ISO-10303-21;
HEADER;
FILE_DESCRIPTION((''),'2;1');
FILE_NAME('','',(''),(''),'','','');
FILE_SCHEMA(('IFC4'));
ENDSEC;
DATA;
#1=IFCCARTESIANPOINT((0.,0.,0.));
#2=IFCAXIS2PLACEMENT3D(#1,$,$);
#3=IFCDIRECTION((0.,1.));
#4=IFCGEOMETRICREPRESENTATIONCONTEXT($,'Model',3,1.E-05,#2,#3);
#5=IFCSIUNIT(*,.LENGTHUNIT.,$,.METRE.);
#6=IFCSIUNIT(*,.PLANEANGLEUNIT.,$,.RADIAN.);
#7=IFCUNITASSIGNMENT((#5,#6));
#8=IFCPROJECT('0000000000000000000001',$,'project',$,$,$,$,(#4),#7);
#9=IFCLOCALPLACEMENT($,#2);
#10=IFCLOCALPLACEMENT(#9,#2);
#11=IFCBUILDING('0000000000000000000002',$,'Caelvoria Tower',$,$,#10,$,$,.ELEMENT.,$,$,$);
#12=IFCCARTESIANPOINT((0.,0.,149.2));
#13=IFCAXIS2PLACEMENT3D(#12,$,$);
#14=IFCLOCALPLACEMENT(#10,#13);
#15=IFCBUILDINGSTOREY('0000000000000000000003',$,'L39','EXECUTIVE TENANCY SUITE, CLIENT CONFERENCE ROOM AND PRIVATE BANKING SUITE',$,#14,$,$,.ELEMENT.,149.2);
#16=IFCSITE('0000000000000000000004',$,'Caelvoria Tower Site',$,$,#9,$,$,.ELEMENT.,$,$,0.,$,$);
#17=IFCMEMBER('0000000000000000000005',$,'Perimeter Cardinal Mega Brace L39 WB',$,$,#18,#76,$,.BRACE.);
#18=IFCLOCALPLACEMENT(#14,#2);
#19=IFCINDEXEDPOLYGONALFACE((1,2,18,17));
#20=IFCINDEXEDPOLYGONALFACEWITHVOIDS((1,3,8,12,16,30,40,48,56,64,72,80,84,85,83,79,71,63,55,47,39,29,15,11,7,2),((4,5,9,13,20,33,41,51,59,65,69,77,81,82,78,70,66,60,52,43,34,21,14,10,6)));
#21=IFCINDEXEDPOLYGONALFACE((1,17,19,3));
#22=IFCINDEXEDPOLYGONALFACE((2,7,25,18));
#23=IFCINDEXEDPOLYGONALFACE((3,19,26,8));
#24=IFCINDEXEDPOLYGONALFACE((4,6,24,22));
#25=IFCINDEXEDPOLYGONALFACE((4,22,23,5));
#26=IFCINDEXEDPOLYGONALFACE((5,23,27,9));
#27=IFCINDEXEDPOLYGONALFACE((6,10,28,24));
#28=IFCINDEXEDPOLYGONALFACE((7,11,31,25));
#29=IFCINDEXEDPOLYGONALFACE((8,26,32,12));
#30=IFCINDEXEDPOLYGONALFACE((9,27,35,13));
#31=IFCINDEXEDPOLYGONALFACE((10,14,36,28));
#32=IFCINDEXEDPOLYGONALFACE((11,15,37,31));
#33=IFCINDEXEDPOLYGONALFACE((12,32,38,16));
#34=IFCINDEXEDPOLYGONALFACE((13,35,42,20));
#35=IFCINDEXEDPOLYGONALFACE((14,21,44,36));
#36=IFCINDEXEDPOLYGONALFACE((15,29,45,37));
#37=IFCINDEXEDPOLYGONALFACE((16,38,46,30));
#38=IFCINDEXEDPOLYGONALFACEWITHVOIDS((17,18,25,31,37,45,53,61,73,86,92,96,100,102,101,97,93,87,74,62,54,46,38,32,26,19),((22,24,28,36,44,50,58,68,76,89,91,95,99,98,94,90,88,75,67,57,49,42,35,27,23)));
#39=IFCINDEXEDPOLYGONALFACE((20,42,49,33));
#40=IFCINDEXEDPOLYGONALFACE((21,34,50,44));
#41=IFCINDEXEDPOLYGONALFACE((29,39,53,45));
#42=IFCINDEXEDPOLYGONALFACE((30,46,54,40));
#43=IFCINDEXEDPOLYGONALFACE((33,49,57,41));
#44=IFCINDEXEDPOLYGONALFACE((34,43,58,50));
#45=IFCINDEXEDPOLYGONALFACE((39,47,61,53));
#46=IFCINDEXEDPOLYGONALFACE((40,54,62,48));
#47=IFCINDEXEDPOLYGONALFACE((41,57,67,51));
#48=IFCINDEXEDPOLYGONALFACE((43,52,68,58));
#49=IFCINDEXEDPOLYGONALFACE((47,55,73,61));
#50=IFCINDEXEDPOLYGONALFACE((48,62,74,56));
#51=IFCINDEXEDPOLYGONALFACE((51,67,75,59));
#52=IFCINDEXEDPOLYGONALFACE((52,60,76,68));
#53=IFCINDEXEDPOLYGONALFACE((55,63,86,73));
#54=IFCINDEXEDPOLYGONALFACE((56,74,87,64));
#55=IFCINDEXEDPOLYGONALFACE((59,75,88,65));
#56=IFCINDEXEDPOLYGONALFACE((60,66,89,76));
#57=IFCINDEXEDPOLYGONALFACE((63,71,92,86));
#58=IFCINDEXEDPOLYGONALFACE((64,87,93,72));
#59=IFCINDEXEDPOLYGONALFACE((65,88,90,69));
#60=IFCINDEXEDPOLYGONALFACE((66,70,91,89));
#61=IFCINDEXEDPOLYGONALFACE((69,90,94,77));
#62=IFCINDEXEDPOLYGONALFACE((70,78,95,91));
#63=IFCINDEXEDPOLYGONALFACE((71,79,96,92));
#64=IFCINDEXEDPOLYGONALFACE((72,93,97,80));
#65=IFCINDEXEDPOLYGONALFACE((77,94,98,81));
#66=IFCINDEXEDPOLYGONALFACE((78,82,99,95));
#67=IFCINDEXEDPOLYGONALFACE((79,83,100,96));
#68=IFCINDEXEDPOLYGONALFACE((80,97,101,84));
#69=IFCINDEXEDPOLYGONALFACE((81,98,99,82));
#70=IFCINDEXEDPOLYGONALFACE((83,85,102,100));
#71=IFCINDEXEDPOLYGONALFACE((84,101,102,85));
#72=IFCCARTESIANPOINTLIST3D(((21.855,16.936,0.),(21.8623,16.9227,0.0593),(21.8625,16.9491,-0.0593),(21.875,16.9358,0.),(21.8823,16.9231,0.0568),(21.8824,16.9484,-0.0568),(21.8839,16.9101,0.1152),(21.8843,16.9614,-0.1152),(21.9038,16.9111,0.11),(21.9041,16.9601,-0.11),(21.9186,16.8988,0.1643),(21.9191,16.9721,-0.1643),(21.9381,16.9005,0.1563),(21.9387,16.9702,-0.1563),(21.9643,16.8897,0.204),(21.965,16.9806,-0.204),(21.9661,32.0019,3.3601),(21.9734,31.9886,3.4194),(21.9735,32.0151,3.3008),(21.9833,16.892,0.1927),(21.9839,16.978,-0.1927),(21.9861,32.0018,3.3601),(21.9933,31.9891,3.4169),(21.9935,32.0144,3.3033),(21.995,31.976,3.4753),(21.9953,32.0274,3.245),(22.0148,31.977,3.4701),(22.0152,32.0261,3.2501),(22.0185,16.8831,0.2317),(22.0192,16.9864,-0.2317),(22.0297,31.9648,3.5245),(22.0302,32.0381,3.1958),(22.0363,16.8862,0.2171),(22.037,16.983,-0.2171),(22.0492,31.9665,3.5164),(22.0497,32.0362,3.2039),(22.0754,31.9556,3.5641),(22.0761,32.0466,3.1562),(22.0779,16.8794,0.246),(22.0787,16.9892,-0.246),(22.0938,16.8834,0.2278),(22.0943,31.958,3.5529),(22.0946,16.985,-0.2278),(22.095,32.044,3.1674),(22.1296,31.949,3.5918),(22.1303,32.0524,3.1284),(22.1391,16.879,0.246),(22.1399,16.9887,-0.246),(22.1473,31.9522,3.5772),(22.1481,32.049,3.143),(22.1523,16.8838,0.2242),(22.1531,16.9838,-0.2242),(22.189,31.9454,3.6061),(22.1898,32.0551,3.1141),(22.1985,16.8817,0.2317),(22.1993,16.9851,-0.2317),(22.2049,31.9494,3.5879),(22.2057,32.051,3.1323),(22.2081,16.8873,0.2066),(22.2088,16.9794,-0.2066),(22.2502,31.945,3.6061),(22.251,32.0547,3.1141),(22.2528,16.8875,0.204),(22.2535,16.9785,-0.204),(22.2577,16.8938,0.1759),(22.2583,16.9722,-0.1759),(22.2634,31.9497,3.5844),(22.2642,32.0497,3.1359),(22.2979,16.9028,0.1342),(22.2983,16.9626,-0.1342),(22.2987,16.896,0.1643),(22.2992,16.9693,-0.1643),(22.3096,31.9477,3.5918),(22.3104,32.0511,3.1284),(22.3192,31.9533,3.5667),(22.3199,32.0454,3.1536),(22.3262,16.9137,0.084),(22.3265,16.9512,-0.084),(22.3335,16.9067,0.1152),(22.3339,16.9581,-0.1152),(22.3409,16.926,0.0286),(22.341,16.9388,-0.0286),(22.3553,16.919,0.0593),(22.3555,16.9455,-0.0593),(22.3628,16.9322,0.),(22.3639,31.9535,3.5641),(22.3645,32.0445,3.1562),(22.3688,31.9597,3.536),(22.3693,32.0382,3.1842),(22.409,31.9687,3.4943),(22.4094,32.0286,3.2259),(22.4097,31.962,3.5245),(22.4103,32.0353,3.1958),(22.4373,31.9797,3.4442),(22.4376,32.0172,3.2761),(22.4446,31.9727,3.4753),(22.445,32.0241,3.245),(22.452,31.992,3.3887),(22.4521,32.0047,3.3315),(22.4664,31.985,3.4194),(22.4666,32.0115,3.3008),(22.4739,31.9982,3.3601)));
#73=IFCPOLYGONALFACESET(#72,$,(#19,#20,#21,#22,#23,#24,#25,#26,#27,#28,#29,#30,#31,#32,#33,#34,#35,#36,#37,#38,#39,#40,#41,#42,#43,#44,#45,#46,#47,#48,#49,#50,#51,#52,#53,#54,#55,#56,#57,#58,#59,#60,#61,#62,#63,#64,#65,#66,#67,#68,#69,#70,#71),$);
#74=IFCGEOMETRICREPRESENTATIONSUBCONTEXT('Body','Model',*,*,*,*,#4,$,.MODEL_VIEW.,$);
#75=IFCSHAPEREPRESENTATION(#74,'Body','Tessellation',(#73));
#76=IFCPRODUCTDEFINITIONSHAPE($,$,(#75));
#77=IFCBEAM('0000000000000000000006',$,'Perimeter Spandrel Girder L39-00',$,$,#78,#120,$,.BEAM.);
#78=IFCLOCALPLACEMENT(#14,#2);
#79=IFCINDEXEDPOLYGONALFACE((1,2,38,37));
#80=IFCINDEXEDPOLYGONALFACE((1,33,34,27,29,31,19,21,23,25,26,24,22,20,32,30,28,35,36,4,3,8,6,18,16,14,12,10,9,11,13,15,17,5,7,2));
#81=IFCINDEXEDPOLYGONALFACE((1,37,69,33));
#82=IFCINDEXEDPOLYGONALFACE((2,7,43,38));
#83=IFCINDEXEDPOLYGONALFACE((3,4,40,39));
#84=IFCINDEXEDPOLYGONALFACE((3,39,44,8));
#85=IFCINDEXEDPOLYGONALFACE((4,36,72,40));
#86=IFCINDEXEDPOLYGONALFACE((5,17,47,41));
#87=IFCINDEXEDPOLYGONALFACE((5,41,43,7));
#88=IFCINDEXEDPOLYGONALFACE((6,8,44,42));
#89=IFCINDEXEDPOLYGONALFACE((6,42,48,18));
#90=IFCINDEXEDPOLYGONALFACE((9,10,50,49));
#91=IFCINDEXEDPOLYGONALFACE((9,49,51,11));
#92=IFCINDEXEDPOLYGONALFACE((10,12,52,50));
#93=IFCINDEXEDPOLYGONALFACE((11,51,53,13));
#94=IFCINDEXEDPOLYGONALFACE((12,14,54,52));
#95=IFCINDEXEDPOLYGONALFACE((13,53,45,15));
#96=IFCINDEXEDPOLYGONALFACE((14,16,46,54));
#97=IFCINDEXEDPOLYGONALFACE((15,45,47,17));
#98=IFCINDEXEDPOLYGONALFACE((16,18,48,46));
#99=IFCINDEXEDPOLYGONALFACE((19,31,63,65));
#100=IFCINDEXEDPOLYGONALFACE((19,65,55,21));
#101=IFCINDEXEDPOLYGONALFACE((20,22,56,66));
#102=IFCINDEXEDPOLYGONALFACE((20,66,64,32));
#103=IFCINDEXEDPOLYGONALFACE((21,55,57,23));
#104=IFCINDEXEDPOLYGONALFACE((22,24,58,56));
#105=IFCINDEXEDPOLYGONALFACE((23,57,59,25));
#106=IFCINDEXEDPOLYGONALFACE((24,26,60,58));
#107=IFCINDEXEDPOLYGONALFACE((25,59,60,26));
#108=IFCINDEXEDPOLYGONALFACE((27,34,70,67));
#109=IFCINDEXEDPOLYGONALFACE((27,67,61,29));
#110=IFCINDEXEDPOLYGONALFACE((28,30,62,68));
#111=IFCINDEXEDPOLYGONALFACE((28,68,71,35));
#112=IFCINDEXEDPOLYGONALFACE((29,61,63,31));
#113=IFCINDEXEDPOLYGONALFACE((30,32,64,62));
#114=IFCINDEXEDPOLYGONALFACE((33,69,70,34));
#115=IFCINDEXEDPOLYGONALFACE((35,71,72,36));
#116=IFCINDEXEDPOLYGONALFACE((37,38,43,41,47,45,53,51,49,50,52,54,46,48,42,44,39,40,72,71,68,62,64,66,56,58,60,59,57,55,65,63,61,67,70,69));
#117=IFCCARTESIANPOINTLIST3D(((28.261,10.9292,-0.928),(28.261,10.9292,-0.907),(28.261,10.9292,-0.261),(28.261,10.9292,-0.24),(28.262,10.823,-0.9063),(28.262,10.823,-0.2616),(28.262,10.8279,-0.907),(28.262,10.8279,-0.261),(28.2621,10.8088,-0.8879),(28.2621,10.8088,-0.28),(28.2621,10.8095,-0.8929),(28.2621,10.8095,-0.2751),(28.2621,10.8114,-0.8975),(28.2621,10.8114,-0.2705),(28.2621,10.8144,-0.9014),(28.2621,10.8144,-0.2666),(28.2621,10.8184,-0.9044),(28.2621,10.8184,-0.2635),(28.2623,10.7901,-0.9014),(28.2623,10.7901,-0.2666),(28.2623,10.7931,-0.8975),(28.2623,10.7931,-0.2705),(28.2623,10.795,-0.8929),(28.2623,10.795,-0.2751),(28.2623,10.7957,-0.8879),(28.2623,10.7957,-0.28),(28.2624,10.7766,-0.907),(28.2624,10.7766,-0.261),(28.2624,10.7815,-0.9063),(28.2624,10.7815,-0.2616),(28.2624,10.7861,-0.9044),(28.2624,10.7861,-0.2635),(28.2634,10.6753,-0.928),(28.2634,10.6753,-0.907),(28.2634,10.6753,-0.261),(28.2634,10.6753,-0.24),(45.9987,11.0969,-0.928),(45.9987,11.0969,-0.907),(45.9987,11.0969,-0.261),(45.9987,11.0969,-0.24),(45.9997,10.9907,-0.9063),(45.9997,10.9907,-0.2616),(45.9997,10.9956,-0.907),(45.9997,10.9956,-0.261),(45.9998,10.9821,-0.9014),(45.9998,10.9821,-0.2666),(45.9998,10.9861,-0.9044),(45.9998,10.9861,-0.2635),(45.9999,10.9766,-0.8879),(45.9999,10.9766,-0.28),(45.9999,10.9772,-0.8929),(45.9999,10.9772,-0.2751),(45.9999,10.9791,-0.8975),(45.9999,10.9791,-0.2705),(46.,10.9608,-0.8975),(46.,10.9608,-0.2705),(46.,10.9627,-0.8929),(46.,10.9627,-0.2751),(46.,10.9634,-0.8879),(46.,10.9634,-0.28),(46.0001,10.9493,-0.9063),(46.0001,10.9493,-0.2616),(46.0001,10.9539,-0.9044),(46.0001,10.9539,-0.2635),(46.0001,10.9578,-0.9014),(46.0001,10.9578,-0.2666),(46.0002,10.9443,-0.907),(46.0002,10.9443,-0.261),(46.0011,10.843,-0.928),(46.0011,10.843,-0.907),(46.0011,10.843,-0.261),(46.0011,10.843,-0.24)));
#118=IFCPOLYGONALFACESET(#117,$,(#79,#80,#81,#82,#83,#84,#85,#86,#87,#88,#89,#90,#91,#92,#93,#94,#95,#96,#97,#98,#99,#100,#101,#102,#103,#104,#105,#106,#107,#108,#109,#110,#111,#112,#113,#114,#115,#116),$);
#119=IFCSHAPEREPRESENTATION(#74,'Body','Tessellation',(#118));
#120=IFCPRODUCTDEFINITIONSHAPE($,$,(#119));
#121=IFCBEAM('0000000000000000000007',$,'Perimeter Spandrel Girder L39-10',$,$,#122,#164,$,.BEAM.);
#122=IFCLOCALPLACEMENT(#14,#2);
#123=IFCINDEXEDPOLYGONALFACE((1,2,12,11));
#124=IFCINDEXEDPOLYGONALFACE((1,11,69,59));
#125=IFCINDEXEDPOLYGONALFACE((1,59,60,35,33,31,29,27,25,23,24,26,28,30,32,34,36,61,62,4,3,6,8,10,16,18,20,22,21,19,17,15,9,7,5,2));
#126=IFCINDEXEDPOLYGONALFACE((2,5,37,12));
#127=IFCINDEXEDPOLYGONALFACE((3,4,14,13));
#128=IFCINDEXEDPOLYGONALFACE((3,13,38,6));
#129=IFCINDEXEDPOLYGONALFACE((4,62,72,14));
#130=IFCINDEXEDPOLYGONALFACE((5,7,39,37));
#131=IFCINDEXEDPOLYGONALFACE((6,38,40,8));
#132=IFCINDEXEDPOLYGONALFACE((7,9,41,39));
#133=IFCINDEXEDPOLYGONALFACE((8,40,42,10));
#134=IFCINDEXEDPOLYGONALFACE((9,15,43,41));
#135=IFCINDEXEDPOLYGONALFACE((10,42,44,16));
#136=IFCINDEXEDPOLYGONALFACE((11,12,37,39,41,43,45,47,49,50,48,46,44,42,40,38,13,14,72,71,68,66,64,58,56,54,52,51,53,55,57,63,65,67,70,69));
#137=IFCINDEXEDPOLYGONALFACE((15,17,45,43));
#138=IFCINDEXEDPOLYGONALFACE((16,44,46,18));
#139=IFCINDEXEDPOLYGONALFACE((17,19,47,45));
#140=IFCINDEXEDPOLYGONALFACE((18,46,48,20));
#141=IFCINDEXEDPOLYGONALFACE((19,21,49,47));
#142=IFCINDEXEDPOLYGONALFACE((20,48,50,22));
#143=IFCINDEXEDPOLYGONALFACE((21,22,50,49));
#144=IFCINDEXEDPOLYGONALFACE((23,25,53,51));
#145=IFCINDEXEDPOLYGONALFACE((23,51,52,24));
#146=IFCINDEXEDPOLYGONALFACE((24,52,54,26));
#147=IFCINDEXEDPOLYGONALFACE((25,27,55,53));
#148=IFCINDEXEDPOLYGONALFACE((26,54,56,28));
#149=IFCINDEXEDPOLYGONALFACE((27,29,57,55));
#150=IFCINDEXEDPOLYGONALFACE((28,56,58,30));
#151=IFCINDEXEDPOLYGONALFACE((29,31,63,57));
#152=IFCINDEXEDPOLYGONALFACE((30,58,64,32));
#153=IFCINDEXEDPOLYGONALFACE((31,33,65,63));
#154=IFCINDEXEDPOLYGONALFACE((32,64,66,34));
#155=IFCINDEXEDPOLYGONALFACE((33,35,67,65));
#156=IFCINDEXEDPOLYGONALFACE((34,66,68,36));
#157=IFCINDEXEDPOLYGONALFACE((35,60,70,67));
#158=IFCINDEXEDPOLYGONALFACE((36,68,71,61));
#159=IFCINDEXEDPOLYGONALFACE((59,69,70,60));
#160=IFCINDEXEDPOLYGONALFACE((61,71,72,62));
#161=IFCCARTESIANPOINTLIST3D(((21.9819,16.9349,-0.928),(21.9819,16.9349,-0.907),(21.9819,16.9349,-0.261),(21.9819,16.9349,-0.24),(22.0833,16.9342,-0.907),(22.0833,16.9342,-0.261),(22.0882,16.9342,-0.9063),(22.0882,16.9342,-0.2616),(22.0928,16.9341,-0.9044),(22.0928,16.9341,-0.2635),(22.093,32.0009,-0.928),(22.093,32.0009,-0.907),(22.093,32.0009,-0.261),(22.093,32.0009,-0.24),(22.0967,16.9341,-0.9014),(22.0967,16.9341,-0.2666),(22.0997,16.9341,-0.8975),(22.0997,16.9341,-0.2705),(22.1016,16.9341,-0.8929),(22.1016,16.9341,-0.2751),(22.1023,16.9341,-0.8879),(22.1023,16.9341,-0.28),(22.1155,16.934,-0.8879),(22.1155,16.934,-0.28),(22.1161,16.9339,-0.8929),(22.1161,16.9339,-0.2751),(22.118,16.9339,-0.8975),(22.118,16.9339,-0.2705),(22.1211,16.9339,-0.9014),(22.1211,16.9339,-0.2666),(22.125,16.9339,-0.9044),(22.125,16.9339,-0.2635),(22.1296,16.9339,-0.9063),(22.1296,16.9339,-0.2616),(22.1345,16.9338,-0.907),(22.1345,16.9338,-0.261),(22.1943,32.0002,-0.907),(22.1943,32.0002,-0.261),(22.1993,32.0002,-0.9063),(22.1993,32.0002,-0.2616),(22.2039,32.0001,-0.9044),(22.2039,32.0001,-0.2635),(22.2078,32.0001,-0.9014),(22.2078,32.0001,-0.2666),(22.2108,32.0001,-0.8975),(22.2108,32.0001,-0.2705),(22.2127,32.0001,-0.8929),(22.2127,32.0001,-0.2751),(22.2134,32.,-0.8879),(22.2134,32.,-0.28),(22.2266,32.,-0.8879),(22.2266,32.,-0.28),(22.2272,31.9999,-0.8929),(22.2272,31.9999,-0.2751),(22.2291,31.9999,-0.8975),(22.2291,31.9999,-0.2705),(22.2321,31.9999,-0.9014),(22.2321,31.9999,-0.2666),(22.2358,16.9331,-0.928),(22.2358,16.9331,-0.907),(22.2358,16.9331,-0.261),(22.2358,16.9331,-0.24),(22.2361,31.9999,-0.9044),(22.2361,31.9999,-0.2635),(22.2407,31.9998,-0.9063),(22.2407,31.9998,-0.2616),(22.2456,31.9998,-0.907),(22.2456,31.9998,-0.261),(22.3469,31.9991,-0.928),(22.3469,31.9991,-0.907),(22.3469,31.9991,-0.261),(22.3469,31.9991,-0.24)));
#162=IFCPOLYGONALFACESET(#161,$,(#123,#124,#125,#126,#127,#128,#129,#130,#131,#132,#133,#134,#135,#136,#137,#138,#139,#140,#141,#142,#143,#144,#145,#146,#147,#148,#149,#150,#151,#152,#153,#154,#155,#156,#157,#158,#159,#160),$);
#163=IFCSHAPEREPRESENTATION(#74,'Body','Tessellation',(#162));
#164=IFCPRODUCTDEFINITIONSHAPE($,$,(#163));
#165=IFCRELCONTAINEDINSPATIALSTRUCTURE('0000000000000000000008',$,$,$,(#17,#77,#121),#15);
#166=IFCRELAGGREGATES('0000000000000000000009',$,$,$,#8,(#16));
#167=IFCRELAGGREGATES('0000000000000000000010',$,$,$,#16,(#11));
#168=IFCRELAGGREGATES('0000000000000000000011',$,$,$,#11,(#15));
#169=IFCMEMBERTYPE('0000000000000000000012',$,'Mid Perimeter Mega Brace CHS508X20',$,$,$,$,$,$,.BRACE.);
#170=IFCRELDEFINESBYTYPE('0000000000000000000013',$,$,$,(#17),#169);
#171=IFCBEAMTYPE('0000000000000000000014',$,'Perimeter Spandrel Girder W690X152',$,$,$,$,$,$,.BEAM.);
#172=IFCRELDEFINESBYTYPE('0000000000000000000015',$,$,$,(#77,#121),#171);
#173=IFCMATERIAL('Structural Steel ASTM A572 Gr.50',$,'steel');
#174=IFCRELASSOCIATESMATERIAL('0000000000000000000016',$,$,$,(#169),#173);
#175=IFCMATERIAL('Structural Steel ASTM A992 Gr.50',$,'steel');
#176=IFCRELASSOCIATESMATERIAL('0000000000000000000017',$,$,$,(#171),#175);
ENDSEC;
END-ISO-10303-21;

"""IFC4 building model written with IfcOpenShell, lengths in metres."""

from ifc_helpers import new_model, si_unit, direction, frame, origin, origin_2d, place, context, subcontext, project, spatial, hollow_circle, i_section, extrude, material, material_profile, profile_set, type_object, element, save


model = new_model("IFC4")

# Units and contexts
model_context = context("Model", 3, precision=1e-05, world=origin(), true_north=direction((0.0, 1.0)))
body_context = subcontext(model_context, "Body", "Model", "MODEL_VIEW")
ifc_project = project(units=[si_unit("LENGTHUNIT", "METRE"), si_unit("PLANEANGLEUNIT", "RADIAN")], contexts=[model_context])

# Site, building, storey
site_placement = place(None, origin())
site = spatial("IfcSite", under=ifc_project, at=site_placement, Name="Caelvoria Tower Site", CompositionType="ELEMENT", RefElevation=0.0)
building_placement = place(site_placement, origin())
building = spatial("IfcBuilding", under=site, at=building_placement, Name="Caelvoria Tower", CompositionType="ELEMENT")
storey_placement = place(building_placement, frame((0.0, 0.0, 149.2)))
storey = spatial("IfcBuildingStorey", under=building, at=storey_placement, Name="L39", Description="EXECUTIVE TENANCY SUITE, CLIENT CONFERENCE ROOM AND PRIVATE BANKING SUITE", CompositionType="ELEMENT", Elevation=149.2)

# Shared definitions
ifc_material_1 = material(Name="Structural Steel ASTM A572 Gr.50", Category="steel")
ifc_material_2 = material(Name="Structural Steel ASTM A992 Gr.50", Category="steel")

# Member
ifc_material_profile_1 = material_profile(ifc_material_1, hollow_circle(Radius=0.2539, WallThickness=0.02, at=origin_2d()), Name="Structural Steel ASTM A572 Gr.50")
ifc_profile_set_1 = profile_set([ifc_material_profile_1], Name="CHS508X20 - Structural Steel ASTM A572 Gr.50")
member_type = type_object("IfcMemberType", Name="Mid Perimeter Mega Brace CHS508X20", PredefinedType="BRACE", material=ifc_profile_set_1)
member_1_placement = place(storey_placement, frame((22.1089, 16.9341, 0.0), z_axis=(0.007196, 0.975995, 0.217673), x_axis=(-0.999973, 0.007373, 0.0)))
element("IfcMember", 1, at=member_1_placement, inside=storey, type_object=member_type, Name="Perimeter Cardinal Mega Brace L39 WB", PredefinedType="BRACE", context=body_context, shape_type="SweptSolid", body=[
    extrude(hollow_circle(Radius=0.2539, WallThickness=0.02, at=origin_2d()), origin(), (0.0, 0.0, 1.0), 15.4365),
])

# Beams
ifc_material_profile_2 = material_profile(ifc_material_2, i_section(OverallWidth=0.2539, OverallDepth=0.688, WebThickness=0.0132, FlangeThickness=0.021, FilletRadius=0.019, at=origin_2d()), Name="Structural Steel ASTM A992 Gr.50")
ifc_profile_set_2 = profile_set([ifc_material_profile_2], Name="W690X152 - Structural Steel ASTM A992 Gr.50")
beam_type = type_object("IfcBeamType", Name="Perimeter Spandrel Girder W690X152", PredefinedType="BEAM", material=ifc_profile_set_2)
beam_1_placement = place(storey_placement, frame((28.2622, 10.8022, -0.584), z_axis=(0.999955, 0.009455, 0.0), x_axis=(-0.009455, 0.999955, 0.0)))
element("IfcBeam", 2, at=beam_1_placement, inside=storey, type_object=beam_type, Name="Perimeter Spandrel Girder L39-00", PredefinedType="BEAM", context=body_context, shape_type="SweptSolid", body=[
    extrude(i_section(OverallWidth=0.2539, OverallDepth=0.688, WebThickness=0.0132, FlangeThickness=0.021, FilletRadius=0.019, at=origin_2d()), origin(), (0.0, 0.0, 1.0), 17.7385),
])
beam_2_placement = place(storey_placement, frame((22.22, 32.0, -0.584), z_axis=(-0.007373, -0.999973, 0.0), x_axis=(0.999973, -0.007373, 0.0)))
element("IfcBeam", 3, at=beam_2_placement, inside=storey, type_object=beam_type, Name="Perimeter Spandrel Girder L39-10", PredefinedType="BEAM", context=body_context, shape_type="SweptSolid", body=[
    extrude(i_section(OverallWidth=0.2539, OverallDepth=0.688, WebThickness=0.0132, FlangeThickness=0.021, FilletRadius=0.019, at=origin_2d()), origin(), (0.0, 0.0, 1.0), 15.0664),
])

save(model, "model.ifc")
